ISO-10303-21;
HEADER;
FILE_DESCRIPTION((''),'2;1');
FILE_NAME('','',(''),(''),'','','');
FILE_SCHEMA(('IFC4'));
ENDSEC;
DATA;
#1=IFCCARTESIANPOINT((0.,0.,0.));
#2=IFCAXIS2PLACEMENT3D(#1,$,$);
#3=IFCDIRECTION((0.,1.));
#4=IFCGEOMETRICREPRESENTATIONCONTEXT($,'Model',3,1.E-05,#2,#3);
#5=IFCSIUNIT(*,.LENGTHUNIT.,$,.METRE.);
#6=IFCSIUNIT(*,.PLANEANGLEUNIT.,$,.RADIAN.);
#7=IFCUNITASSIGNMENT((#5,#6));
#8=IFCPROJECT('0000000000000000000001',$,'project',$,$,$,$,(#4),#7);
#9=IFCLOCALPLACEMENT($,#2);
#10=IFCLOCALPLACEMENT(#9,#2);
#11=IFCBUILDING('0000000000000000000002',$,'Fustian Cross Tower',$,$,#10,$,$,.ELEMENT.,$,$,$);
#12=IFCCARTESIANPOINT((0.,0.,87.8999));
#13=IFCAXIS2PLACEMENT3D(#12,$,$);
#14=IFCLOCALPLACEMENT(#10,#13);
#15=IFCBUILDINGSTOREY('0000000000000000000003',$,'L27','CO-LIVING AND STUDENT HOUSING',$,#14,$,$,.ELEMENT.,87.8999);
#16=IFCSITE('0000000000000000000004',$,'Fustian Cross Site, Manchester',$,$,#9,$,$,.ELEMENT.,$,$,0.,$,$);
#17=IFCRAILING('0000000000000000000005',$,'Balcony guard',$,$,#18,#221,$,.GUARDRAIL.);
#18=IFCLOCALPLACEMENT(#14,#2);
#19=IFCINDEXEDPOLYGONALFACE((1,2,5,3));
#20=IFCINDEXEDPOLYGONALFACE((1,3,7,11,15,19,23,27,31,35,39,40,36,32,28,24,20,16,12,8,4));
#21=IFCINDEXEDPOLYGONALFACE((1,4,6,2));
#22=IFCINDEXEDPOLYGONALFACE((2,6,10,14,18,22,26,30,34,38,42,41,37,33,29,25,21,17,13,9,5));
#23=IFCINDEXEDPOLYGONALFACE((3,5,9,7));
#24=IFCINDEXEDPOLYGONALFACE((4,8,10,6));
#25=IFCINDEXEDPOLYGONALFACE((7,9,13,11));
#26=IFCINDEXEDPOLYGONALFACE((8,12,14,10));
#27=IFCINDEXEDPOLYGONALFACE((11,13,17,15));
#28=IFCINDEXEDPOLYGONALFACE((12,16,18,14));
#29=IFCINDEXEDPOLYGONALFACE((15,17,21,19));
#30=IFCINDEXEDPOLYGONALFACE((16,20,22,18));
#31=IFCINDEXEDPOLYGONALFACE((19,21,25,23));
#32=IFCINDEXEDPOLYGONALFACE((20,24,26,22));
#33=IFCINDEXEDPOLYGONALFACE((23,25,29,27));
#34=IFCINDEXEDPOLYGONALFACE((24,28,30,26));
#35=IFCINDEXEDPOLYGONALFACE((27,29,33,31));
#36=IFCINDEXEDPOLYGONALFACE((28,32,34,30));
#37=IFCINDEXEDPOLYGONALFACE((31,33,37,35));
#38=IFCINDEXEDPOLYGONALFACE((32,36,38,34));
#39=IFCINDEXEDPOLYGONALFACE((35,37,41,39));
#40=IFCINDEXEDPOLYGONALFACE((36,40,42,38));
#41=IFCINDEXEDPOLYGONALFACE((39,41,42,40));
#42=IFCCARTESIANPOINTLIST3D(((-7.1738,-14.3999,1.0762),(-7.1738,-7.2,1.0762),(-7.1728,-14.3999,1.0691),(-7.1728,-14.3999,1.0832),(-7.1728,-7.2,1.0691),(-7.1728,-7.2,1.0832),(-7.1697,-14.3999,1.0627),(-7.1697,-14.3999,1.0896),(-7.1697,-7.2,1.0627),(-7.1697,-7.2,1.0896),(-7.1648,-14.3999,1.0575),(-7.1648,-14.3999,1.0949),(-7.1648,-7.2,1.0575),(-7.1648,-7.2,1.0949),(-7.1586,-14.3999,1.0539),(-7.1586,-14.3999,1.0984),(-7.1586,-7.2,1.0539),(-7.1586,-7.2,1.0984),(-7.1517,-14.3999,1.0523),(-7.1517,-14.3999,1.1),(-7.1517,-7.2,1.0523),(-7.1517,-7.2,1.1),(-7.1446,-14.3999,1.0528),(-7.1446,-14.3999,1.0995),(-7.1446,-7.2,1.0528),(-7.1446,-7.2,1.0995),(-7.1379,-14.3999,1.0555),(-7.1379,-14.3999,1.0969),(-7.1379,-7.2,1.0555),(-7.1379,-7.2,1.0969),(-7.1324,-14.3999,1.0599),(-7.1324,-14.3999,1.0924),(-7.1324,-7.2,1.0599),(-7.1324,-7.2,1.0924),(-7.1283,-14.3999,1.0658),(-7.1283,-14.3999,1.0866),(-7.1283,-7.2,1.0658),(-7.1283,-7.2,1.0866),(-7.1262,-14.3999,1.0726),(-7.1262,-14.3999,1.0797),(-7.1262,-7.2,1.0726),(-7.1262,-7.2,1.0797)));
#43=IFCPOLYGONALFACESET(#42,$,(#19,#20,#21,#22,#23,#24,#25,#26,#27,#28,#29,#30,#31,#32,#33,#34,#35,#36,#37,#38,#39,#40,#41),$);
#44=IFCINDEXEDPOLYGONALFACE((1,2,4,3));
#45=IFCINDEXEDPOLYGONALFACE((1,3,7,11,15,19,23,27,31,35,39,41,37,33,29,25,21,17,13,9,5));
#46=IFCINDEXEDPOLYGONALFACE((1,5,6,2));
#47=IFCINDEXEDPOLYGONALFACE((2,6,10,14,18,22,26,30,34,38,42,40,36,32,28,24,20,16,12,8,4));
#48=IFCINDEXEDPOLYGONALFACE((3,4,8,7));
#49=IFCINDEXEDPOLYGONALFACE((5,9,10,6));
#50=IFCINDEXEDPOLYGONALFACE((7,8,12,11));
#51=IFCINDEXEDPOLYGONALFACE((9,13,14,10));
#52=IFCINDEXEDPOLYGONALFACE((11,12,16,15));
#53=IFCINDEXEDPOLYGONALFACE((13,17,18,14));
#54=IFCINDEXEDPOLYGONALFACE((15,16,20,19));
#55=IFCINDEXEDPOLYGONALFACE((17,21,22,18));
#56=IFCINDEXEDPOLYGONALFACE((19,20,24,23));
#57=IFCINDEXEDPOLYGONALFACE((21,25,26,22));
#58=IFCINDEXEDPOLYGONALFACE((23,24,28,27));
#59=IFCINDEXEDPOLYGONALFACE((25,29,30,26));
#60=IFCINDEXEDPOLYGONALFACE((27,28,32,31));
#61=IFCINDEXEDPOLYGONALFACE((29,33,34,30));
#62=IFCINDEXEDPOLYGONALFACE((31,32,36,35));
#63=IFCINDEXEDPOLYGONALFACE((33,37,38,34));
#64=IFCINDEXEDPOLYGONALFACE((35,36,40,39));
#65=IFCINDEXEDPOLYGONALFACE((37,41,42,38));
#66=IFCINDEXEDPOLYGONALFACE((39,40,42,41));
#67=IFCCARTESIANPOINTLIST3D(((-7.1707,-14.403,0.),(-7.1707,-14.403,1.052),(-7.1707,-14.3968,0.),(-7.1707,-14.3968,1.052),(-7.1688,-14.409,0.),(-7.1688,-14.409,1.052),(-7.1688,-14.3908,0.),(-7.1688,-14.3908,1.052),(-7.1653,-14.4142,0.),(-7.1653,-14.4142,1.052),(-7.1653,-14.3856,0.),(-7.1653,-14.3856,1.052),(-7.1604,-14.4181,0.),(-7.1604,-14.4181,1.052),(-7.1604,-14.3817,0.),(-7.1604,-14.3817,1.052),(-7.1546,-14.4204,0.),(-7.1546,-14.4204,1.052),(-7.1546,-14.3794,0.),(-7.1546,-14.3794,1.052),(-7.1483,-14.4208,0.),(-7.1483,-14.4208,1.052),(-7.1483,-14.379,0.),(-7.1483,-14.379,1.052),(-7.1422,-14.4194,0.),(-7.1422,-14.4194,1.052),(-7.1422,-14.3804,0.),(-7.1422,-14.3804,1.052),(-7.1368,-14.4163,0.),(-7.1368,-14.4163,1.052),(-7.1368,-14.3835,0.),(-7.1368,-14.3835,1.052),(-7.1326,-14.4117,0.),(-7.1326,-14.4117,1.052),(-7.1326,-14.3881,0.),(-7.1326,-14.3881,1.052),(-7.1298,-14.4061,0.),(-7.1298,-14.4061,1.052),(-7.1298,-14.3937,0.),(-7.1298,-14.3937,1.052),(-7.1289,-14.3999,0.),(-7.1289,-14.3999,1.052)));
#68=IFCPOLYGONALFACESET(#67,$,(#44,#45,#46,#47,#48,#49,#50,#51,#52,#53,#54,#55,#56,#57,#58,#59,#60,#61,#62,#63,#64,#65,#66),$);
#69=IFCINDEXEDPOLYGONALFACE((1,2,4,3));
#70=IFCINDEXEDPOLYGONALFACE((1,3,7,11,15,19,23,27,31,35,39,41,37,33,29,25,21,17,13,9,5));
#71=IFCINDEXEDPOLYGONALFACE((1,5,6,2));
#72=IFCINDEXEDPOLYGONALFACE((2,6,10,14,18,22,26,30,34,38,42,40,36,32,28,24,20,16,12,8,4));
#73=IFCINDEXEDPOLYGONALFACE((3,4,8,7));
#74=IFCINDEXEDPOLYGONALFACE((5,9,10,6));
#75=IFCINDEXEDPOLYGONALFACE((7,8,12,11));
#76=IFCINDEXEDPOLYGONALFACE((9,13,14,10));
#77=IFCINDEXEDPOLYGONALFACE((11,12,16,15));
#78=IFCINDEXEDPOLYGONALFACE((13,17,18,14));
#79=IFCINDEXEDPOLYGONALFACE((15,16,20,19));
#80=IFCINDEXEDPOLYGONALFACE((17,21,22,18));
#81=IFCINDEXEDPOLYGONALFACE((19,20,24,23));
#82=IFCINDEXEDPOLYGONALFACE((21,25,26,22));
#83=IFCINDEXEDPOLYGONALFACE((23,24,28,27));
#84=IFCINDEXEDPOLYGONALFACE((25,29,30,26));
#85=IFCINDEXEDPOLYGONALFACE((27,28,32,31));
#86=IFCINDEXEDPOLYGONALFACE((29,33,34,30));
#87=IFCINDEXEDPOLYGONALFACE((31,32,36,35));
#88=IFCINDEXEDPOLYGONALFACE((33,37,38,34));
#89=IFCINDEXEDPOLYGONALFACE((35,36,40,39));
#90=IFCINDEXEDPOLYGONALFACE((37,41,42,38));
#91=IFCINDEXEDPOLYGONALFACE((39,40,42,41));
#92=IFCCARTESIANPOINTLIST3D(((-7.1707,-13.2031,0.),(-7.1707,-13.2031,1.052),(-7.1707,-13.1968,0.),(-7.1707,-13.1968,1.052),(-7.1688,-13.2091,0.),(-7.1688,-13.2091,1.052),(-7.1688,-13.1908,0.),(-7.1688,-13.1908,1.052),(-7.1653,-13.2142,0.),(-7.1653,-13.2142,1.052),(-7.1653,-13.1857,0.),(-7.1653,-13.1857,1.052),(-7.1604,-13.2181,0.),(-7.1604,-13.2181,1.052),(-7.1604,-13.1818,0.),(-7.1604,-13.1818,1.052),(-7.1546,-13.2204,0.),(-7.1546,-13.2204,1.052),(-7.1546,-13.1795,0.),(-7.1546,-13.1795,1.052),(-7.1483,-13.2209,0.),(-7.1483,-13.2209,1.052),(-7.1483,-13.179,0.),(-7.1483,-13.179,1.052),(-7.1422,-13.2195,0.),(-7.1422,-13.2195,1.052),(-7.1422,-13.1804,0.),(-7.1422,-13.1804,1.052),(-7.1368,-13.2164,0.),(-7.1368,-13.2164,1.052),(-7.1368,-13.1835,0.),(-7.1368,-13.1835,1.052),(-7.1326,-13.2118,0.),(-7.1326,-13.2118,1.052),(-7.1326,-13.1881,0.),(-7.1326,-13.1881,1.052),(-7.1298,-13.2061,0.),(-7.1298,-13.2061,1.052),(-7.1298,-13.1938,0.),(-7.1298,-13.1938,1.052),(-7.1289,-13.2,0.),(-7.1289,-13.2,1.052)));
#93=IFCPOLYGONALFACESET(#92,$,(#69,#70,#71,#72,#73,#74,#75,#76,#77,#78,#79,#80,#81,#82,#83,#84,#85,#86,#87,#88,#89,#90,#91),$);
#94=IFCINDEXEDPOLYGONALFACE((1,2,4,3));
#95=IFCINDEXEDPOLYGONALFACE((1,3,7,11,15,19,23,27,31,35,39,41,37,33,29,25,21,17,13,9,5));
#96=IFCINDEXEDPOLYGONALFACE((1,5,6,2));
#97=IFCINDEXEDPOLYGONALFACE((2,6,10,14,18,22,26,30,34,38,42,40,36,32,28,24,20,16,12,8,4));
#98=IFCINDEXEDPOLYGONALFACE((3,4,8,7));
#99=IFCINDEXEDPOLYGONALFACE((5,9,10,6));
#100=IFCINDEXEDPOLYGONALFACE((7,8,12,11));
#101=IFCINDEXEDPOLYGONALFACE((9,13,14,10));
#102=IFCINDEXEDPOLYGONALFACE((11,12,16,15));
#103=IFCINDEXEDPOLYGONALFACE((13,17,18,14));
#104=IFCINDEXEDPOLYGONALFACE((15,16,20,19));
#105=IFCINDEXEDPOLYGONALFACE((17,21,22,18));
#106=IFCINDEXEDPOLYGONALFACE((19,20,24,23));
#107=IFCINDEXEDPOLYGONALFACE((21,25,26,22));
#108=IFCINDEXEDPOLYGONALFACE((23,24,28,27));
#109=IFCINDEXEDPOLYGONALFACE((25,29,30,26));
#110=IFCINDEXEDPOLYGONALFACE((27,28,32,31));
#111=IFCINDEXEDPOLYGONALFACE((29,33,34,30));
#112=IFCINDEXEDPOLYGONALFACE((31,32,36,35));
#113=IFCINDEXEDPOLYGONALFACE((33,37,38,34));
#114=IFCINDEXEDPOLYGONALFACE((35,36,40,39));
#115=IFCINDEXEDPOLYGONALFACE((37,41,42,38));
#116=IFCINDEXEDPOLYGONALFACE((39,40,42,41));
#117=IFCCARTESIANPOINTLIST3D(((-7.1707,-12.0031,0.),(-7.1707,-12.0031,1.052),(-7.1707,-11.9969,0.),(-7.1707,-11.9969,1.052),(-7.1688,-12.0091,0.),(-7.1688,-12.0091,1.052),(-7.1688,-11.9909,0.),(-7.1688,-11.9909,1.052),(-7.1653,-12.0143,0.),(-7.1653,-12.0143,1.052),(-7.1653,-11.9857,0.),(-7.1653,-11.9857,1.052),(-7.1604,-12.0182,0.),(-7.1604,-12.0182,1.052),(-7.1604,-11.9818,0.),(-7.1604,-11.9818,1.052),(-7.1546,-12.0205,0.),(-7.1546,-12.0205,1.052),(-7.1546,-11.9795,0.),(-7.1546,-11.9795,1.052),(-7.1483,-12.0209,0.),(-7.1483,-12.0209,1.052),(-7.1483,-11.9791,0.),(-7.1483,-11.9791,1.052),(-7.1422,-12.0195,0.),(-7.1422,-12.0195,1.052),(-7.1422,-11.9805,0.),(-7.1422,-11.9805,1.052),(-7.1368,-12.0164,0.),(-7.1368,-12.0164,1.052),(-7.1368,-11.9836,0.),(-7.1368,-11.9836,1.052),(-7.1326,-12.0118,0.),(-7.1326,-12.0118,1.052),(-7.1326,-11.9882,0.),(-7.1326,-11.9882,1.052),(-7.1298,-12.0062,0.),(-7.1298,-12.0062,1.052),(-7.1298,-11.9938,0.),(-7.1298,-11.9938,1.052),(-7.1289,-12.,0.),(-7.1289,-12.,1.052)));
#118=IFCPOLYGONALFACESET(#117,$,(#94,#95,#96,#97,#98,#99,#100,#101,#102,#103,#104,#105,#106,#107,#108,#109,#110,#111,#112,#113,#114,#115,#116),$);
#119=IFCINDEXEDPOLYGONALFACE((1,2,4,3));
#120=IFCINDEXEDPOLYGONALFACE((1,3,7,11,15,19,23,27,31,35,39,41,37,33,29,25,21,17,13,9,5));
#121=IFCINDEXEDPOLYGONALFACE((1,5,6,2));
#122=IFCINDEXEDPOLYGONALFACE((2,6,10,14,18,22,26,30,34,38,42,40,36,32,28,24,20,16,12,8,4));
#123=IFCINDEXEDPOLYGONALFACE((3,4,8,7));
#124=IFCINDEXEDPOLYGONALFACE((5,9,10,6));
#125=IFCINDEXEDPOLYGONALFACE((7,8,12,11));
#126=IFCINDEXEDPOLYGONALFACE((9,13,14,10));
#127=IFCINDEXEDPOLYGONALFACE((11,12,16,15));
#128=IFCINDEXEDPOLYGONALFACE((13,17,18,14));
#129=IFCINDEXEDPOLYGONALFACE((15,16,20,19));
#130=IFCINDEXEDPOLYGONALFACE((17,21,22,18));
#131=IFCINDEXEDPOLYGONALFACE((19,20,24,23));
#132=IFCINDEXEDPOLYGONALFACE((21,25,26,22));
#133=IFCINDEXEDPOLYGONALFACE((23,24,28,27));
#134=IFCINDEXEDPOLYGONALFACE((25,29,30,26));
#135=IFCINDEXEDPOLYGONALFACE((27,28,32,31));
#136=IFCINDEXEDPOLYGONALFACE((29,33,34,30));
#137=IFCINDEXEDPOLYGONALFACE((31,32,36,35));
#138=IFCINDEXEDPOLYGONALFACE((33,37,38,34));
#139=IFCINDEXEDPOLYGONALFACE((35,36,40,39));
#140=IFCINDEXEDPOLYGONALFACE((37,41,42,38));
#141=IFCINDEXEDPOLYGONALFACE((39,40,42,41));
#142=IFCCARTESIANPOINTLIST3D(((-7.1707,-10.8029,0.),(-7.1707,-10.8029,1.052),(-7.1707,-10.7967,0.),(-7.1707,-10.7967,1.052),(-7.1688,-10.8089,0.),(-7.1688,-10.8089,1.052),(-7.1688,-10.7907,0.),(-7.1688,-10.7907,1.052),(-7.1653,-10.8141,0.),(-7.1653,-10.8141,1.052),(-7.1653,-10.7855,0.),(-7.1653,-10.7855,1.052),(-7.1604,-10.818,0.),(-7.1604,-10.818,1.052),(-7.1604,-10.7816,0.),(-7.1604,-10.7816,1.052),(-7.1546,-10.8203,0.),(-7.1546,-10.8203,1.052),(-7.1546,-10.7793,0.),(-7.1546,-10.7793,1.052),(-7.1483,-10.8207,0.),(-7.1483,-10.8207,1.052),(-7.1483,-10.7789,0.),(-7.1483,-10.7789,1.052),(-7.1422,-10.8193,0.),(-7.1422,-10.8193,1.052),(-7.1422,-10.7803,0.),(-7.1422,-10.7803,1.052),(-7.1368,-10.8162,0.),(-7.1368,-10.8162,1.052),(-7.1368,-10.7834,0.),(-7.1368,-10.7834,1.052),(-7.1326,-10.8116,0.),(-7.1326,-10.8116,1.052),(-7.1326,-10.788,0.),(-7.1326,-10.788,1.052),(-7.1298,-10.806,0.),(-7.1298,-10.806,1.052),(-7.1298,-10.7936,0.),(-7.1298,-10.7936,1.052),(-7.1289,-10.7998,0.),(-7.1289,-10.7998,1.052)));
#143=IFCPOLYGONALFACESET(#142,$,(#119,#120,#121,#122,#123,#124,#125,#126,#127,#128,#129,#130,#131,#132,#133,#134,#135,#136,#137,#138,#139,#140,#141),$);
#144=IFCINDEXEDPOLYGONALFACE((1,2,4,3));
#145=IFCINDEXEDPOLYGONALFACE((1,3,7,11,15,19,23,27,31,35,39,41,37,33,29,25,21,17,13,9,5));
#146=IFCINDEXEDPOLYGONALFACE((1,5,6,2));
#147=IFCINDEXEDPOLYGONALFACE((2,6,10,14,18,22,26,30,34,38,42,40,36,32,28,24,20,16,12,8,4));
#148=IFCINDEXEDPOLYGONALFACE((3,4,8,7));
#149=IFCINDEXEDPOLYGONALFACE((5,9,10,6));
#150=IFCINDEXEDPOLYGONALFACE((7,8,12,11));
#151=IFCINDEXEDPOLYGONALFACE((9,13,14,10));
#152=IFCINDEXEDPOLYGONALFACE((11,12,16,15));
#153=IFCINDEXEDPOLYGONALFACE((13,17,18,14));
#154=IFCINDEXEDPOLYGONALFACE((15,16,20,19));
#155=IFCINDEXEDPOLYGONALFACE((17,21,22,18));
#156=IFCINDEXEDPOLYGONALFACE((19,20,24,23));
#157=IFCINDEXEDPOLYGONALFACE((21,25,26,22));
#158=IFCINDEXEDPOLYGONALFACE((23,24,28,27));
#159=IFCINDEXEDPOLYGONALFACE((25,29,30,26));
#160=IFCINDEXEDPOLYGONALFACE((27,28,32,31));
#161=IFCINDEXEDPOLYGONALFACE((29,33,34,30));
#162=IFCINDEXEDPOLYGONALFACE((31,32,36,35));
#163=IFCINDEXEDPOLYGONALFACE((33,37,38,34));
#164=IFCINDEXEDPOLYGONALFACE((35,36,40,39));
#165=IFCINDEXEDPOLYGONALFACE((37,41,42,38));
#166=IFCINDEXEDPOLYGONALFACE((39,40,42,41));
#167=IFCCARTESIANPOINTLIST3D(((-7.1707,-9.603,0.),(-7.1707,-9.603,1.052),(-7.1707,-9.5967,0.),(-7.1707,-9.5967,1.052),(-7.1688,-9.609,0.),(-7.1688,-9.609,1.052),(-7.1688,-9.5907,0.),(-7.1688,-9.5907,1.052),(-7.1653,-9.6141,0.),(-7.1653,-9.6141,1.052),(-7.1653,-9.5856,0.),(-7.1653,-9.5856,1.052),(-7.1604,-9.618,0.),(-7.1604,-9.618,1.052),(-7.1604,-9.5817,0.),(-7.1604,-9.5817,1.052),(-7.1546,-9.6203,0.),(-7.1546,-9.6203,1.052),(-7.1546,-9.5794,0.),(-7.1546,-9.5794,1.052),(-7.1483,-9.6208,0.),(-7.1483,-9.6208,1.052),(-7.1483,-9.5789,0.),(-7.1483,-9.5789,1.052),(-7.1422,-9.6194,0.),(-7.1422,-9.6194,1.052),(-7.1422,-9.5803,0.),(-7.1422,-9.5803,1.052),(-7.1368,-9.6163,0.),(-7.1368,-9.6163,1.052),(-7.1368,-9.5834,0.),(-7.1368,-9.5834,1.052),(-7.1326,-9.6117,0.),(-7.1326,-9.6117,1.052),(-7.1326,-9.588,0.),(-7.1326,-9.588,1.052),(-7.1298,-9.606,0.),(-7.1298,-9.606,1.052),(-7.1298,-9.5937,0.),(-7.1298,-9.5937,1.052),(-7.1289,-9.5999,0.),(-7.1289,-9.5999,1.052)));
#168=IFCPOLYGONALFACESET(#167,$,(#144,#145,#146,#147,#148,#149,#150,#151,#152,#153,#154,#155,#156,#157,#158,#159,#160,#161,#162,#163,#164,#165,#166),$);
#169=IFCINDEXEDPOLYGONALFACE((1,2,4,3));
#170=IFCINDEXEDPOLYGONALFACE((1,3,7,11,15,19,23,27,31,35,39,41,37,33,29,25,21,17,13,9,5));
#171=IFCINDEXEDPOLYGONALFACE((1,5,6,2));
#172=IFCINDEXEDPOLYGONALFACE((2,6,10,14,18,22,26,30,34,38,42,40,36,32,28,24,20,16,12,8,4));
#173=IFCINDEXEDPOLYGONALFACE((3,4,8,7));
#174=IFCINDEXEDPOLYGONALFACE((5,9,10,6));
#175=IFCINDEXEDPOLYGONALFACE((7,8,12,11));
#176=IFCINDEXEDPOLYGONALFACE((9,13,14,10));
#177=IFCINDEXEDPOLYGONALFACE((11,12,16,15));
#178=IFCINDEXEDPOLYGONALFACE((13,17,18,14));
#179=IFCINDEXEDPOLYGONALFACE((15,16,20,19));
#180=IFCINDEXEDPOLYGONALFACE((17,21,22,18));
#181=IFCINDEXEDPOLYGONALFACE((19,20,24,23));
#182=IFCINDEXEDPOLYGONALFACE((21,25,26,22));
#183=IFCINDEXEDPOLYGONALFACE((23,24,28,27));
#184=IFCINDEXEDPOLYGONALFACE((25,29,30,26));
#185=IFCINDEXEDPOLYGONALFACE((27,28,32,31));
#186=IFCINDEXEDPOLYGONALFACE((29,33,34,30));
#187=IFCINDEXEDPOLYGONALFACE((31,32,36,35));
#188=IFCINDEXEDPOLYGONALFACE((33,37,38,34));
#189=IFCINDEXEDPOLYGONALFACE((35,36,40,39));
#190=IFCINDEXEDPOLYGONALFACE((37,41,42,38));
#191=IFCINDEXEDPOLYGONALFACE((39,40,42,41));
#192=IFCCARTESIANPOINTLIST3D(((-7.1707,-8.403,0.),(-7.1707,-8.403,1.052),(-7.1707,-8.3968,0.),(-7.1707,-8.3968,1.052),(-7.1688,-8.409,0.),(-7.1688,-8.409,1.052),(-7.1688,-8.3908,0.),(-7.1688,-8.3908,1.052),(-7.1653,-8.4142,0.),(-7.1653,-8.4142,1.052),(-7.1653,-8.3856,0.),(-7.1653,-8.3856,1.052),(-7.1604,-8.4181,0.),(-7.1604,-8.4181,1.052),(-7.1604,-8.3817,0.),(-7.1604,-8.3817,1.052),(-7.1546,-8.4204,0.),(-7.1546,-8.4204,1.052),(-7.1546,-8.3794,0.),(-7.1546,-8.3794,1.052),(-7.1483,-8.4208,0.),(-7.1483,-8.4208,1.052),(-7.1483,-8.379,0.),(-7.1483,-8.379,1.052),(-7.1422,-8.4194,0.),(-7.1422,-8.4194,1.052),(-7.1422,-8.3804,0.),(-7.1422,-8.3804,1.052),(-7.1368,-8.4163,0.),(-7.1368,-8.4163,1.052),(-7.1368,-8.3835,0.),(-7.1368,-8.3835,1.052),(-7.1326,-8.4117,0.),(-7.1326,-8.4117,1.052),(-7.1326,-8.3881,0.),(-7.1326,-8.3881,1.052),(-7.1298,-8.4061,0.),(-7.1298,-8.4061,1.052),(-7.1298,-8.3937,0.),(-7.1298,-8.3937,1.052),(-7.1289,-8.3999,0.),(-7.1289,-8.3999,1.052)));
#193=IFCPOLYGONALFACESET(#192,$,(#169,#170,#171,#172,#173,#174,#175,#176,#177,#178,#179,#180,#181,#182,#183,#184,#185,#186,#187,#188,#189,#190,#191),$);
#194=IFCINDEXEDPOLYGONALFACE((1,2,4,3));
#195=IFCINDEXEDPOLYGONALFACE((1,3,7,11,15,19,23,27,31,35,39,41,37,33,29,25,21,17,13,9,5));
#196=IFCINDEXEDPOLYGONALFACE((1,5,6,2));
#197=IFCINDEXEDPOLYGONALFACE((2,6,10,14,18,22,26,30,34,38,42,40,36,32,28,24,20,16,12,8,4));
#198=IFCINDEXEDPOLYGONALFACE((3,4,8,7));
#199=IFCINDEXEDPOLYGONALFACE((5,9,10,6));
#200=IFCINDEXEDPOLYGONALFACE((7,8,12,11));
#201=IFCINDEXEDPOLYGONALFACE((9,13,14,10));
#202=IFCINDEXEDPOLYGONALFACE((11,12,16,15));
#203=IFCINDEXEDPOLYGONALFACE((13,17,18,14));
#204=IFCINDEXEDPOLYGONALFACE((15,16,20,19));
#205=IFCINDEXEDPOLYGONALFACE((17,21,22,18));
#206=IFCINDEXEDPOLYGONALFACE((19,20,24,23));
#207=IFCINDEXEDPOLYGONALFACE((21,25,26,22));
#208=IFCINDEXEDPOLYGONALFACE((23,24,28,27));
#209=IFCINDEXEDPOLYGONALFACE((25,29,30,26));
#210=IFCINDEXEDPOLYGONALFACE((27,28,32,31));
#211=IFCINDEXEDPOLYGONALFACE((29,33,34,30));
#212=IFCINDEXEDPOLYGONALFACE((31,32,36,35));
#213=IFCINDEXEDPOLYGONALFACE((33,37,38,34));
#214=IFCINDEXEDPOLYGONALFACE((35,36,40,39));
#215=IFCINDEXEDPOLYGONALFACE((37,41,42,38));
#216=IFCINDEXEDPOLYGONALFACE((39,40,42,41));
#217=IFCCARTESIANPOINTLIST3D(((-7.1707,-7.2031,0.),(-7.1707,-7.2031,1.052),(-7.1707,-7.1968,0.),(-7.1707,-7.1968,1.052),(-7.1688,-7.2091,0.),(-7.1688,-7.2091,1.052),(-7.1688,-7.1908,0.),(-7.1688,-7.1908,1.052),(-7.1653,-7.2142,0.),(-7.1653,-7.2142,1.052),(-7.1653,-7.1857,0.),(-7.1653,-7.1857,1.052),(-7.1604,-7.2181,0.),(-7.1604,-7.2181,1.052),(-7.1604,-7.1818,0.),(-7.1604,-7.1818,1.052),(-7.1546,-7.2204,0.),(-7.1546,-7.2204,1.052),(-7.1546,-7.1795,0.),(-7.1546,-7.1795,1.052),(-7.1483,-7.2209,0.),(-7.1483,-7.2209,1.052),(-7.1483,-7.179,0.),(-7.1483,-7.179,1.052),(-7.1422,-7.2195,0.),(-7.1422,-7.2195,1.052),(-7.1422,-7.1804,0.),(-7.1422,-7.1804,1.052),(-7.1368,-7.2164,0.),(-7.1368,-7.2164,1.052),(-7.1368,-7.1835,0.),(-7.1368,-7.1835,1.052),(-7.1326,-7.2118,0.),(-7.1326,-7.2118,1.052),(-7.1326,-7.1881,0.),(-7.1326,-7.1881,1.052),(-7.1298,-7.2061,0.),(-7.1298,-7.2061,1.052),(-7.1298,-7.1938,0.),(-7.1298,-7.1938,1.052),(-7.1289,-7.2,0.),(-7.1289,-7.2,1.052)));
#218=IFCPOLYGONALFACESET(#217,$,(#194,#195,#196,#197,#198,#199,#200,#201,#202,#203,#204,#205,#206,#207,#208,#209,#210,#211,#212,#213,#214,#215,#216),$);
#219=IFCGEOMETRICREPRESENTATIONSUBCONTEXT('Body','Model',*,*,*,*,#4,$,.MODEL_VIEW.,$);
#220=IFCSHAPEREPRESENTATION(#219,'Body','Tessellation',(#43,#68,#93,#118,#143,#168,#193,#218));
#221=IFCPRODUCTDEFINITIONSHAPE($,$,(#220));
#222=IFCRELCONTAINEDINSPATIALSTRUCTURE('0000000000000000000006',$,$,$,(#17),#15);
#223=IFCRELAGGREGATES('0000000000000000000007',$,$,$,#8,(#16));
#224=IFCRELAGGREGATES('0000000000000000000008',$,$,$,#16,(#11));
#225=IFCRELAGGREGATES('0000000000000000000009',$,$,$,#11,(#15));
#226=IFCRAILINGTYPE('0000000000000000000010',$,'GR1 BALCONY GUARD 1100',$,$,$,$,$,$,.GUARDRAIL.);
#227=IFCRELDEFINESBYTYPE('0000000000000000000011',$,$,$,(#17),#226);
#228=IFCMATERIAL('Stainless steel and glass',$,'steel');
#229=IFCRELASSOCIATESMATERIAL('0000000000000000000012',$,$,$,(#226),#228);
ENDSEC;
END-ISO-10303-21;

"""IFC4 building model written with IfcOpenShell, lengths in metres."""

from ifc_helpers import new_model, si_unit, direction, frame, origin, origin_2d, place, context, subcontext, project, spatial, circle, extrude, material, type_object, element, save


model = new_model("IFC4")

# Units and contexts
model_context = context("Model", 3, precision=1e-05, world=origin(), true_north=direction((0.0, 1.0)))
body_context = subcontext(model_context, "Body", "Model", "MODEL_VIEW")
ifc_project = project(units=[si_unit("LENGTHUNIT", "METRE"), si_unit("PLANEANGLEUNIT", "RADIAN")], contexts=[model_context])

# Site, building, storey
site_placement = place(None, origin())
site = spatial("IfcSite", under=ifc_project, at=site_placement, Name="Fustian Cross Site, Manchester", CompositionType="ELEMENT", RefElevation=0.0)
building_placement = place(site_placement, origin())
building = spatial("IfcBuilding", under=site, at=building_placement, Name="Fustian Cross Tower", CompositionType="ELEMENT")
storey_placement = place(building_placement, frame((0.0, 0.0, 87.8999)))
storey = spatial("IfcBuildingStorey", under=building, at=storey_placement, Name="L27", Description="CO-LIVING AND STUDENT HOUSING", CompositionType="ELEMENT", Elevation=87.8999)

# Railing
ifc_material_1 = material(Name="Stainless steel and glass", Category="steel")
railing_type_1 = type_object("IfcRailingType", Name="GR1 BALCONY GUARD 1100", PredefinedType="GUARDRAIL", material=ifc_material_1)
railing_1_placement = place(storey_placement, frame((-7.1499, -14.3999, 0.0)))
element("IfcRailing", 1, at=railing_1_placement, inside=storey, type_object=railing_type_1, Name="Balcony guard", PredefinedType="GUARDRAIL", context=body_context, shape_type="SweptSolid", body=[
    extrude(circle(Radius=0.0239, at=origin_2d()), frame((0.0, 0.0, 1.0762), z_axis=(0.0, 1.0, 0.0), x_axis=(-1.0, 0.0, 0.0)), (0.0, 0.0, 1.0), 7.2),
    extrude(circle(Radius=0.021, at=origin_2d()), origin(), (0.0, 0.0, 1.0), 1.052),
    extrude(circle(Radius=0.021, at=origin_2d()), frame((0.0, 1.2, 0.0)), (0.0, 0.0, 1.0), 1.052),
    extrude(circle(Radius=0.021, at=origin_2d()), frame((0.0, 2.3999, 0.0)), (0.0, 0.0, 1.0), 1.052),
    extrude(circle(Radius=0.021, at=origin_2d()), frame((0.0, 3.6001, 0.0)), (0.0, 0.0, 1.0), 1.052),
    extrude(circle(Radius=0.021, at=origin_2d()), frame((0.0, 4.8, 0.0)), (0.0, 0.0, 1.0), 1.052),
    extrude(circle(Radius=0.021, at=origin_2d()), frame((0.0, 6.0, 0.0)), (0.0, 0.0, 1.0), 1.052),
    extrude(circle(Radius=0.021, at=origin_2d()), frame((0.0, 7.2, 0.0)), (0.0, 0.0, 1.0), 1.052),
])

save(model, "model.ifc")
